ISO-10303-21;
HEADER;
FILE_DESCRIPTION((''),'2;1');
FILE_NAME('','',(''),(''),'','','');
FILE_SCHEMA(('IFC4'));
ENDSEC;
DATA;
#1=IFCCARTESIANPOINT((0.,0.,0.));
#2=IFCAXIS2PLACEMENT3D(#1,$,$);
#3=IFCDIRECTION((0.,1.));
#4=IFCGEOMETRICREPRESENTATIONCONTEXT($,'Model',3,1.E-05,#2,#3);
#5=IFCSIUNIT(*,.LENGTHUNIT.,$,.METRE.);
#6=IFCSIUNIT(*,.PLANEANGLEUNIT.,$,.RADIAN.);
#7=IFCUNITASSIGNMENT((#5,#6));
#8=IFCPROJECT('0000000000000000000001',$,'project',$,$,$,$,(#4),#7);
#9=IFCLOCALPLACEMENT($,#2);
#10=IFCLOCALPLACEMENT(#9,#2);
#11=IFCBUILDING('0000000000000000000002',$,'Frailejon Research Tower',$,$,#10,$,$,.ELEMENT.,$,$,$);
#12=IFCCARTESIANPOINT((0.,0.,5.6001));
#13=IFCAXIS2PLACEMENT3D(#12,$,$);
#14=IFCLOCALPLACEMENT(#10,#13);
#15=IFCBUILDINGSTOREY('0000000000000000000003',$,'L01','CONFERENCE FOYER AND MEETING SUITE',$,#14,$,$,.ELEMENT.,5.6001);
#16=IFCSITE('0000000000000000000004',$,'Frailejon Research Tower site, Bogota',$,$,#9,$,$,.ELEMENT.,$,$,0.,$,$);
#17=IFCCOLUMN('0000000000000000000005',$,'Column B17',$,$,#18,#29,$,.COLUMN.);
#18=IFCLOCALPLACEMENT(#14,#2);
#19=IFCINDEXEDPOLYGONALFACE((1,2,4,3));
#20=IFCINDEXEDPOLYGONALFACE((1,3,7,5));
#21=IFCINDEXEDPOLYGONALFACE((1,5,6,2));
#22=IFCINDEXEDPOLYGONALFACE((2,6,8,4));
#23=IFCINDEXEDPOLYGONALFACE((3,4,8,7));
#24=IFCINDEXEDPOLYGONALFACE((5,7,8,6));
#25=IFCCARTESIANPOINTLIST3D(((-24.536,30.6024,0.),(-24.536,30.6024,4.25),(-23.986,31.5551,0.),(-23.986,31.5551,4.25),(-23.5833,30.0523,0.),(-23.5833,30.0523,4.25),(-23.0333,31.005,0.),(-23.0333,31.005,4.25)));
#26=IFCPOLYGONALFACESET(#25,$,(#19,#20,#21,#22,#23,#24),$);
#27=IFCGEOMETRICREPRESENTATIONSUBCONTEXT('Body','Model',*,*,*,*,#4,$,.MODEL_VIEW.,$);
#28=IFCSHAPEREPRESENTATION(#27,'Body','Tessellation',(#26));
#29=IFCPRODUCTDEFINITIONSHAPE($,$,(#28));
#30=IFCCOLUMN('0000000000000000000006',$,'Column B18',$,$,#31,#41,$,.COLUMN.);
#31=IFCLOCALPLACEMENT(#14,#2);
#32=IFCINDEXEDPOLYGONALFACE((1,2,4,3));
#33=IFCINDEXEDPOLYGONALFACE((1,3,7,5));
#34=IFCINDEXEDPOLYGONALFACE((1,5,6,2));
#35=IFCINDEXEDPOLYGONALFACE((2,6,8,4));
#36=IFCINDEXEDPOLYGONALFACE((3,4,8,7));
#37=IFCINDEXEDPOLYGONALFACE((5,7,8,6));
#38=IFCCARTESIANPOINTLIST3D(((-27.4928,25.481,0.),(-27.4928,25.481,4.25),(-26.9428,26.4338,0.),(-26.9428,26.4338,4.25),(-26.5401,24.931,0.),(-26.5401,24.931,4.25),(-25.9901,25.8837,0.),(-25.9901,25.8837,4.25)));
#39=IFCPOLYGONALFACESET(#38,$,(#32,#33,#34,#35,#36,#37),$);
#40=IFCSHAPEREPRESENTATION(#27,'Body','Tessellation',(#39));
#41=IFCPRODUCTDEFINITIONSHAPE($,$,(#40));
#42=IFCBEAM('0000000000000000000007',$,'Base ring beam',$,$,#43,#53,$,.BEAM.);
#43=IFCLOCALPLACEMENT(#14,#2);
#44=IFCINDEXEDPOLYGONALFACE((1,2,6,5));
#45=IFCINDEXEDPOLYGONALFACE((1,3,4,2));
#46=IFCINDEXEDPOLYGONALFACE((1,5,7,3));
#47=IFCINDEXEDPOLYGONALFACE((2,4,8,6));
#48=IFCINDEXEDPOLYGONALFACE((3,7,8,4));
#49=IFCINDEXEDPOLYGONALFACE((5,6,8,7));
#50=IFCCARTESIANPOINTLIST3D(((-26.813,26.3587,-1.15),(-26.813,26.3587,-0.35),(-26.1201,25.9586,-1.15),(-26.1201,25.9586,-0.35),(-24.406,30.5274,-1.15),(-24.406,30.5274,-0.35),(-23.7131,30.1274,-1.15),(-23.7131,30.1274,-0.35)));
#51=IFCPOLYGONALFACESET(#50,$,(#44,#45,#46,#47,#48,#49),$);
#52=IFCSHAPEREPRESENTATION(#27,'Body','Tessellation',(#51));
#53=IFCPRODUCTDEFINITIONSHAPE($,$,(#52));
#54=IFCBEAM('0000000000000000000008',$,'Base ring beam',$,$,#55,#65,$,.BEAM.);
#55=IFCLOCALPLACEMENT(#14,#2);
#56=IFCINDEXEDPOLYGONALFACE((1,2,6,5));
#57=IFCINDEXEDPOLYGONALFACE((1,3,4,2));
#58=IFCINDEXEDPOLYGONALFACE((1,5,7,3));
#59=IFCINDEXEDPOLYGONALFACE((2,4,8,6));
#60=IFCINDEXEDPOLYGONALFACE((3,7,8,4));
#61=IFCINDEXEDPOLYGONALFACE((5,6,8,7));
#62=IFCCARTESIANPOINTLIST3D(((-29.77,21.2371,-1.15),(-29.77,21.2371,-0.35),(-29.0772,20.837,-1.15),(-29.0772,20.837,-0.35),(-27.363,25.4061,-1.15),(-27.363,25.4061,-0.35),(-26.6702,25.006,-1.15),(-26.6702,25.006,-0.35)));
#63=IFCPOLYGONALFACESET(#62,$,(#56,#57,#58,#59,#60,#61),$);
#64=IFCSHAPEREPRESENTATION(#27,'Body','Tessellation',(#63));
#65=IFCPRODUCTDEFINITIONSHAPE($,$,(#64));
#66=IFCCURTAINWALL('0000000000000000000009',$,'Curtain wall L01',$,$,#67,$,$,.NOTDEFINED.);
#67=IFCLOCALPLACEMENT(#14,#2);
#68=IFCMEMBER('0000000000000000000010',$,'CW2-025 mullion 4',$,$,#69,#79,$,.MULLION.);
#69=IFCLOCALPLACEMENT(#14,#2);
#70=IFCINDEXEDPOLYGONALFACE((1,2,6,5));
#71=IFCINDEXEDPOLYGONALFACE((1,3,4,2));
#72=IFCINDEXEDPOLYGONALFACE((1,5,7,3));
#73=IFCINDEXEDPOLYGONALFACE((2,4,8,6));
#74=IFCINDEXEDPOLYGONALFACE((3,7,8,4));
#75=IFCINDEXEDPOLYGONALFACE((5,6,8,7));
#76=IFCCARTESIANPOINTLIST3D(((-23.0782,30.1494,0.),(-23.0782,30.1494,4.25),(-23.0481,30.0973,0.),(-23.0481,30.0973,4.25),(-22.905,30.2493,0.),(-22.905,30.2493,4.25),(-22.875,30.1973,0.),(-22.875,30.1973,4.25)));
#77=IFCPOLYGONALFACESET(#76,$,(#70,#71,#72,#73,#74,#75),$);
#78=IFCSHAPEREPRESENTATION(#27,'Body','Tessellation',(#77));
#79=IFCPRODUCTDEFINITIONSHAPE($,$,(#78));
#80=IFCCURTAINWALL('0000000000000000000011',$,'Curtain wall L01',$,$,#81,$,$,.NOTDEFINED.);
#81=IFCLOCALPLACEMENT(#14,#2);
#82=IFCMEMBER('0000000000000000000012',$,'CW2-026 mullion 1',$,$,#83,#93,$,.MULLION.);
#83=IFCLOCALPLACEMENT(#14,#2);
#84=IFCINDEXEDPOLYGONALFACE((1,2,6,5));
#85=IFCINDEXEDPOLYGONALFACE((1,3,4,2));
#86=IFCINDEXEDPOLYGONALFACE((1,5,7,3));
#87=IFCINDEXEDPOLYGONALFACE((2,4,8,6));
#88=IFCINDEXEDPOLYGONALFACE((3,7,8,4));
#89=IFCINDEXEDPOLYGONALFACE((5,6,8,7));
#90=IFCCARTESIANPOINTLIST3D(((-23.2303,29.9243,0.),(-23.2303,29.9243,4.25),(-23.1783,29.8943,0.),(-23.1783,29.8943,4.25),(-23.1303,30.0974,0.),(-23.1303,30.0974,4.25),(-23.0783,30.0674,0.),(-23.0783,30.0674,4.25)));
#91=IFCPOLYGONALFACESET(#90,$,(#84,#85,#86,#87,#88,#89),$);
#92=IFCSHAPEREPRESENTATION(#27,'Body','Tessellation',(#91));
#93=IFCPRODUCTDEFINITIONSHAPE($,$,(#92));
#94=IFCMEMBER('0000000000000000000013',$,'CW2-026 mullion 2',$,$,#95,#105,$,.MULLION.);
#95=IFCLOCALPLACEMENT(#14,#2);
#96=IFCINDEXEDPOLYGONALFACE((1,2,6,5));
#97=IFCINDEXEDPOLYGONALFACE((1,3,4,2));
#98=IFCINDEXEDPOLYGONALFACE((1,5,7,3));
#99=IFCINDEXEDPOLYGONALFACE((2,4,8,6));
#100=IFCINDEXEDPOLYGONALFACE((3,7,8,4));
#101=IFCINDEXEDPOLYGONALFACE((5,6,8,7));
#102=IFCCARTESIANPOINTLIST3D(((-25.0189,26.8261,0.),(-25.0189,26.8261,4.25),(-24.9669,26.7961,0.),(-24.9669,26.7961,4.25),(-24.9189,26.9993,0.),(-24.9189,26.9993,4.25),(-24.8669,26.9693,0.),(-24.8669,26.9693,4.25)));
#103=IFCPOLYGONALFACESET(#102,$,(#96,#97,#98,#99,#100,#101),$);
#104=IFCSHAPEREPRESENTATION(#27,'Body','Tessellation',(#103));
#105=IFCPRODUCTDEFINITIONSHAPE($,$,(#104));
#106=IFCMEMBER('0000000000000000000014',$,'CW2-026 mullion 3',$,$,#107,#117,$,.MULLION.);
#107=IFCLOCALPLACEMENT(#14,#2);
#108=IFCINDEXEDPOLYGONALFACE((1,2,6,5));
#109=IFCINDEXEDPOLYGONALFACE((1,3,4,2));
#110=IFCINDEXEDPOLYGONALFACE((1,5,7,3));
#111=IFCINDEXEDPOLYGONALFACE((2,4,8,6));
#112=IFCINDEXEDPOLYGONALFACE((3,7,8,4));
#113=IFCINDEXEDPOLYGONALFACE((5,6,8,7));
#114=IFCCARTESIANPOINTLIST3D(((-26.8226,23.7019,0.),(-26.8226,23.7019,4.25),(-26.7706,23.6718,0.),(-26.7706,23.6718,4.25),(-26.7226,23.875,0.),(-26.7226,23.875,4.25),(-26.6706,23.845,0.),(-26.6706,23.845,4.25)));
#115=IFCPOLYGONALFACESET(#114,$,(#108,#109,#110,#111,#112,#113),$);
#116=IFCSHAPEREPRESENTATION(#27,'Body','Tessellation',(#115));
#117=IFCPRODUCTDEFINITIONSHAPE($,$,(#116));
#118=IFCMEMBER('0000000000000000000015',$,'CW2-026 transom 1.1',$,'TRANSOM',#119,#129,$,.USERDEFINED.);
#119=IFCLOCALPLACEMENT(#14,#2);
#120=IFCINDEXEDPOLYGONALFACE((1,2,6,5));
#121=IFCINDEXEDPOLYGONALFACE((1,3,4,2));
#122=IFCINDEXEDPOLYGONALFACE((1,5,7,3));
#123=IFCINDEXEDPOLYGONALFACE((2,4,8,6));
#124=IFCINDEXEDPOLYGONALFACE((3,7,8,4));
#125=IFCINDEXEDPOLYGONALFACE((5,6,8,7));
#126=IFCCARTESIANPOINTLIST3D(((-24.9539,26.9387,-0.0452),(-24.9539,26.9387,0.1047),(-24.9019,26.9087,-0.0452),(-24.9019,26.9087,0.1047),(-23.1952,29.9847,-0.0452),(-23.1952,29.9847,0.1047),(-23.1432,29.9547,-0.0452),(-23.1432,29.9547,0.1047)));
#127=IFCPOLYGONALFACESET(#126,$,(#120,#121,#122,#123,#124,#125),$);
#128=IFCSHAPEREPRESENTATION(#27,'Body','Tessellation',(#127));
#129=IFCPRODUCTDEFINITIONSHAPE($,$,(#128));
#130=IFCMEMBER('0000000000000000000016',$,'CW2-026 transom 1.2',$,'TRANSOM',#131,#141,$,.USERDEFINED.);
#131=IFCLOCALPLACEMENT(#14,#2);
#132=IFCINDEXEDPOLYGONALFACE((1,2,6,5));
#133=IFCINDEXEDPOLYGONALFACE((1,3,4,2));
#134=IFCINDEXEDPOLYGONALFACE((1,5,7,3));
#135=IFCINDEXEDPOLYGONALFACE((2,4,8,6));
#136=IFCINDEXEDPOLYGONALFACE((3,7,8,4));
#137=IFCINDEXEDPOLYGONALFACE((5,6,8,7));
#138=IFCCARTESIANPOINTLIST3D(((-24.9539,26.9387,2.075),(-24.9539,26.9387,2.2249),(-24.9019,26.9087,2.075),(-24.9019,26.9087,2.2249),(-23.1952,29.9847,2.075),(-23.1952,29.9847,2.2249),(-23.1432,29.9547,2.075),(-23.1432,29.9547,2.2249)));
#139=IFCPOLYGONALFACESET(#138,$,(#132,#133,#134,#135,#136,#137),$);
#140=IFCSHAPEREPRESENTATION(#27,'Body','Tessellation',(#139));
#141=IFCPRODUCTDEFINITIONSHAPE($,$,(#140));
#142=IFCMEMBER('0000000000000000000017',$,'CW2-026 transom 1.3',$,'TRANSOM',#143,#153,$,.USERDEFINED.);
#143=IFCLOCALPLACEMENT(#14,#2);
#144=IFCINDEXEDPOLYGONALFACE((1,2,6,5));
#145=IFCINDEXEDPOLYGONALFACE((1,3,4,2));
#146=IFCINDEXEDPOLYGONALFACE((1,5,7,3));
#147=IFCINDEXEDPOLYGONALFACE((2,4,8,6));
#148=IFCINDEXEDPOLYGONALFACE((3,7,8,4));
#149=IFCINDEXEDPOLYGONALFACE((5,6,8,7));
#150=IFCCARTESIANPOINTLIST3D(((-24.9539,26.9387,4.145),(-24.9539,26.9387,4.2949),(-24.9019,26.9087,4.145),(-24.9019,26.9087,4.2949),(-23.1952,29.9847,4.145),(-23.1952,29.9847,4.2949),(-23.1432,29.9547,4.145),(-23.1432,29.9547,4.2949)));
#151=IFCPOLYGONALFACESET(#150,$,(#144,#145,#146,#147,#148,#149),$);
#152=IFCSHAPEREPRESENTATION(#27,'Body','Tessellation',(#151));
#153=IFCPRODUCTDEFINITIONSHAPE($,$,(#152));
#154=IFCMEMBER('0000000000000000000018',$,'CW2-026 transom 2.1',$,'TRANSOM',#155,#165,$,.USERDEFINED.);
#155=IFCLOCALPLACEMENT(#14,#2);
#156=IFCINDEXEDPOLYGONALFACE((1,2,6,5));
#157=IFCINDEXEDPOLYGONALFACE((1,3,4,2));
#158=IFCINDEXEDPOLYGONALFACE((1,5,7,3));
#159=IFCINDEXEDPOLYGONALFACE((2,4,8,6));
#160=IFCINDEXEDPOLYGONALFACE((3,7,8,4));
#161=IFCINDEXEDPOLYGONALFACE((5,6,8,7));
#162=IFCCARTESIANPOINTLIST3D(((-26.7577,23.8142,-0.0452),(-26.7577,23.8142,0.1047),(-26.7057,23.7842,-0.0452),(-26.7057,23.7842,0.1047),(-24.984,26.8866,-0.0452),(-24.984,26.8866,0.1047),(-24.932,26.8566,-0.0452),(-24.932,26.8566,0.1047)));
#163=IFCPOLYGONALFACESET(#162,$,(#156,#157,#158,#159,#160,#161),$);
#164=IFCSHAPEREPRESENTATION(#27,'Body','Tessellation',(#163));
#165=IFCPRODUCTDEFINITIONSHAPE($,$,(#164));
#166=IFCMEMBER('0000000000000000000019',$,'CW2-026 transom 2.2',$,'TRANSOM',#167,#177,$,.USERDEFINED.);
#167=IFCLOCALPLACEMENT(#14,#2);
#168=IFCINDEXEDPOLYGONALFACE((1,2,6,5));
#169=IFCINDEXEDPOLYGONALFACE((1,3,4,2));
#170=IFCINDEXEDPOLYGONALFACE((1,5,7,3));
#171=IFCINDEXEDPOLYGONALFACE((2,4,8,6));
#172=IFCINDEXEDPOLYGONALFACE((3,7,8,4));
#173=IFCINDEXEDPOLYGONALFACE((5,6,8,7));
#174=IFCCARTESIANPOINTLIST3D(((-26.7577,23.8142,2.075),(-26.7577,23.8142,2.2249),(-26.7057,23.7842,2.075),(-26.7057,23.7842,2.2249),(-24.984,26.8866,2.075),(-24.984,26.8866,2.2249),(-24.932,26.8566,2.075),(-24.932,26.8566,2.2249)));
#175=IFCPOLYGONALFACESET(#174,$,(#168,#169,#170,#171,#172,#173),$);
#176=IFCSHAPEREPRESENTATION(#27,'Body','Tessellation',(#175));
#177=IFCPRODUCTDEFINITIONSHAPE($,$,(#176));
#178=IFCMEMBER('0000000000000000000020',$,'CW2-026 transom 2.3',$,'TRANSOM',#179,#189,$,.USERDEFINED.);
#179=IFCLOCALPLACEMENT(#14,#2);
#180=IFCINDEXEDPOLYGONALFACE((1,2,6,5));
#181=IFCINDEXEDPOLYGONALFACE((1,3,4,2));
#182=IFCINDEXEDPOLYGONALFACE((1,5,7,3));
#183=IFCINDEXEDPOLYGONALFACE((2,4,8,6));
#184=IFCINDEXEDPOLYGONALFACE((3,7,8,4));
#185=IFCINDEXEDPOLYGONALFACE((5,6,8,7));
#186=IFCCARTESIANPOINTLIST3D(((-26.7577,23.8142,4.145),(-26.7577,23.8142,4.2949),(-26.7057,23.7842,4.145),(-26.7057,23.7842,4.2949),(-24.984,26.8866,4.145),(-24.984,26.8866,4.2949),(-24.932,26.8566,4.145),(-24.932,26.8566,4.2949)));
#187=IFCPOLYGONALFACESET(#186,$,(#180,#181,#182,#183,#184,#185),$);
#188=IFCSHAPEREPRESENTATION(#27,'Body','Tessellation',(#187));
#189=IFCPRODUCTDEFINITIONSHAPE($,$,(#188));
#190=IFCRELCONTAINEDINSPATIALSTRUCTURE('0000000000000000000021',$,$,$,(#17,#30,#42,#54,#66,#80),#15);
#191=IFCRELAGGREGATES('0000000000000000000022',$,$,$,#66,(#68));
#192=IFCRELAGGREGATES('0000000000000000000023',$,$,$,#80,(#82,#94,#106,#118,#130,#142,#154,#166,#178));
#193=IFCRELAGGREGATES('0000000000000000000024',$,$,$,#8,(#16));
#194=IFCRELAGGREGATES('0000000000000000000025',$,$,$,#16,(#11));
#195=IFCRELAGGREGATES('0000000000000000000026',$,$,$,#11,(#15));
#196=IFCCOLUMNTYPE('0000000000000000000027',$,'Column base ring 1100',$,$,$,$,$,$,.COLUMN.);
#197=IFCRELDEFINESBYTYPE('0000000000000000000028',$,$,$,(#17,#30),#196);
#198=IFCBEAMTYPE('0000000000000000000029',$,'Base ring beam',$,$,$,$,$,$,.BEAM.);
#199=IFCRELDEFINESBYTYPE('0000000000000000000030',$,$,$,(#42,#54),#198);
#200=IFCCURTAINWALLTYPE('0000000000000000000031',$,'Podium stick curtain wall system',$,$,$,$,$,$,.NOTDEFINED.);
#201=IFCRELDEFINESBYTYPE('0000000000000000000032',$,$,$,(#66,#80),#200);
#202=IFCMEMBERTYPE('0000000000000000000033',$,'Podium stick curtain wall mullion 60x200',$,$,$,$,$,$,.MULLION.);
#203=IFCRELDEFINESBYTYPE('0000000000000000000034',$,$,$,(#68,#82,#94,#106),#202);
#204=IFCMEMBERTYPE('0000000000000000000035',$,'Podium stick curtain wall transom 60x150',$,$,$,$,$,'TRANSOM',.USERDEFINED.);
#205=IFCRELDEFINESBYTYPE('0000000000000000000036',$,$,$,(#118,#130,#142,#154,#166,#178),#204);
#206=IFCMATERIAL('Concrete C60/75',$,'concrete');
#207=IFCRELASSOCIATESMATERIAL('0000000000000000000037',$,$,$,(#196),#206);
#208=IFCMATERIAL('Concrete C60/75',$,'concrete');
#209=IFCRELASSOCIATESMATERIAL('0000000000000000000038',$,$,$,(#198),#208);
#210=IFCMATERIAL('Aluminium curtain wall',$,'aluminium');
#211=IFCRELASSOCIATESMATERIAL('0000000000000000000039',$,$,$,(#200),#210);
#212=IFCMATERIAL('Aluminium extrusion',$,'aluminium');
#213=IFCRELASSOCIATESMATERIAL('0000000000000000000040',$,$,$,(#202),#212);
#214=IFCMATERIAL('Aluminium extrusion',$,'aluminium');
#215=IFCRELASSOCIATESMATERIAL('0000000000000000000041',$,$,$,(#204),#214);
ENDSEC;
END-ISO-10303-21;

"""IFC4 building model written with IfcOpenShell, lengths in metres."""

from ifc_helpers import new_model, si_unit, direction, frame, origin, origin_2d, place, context, subcontext, project, spatial, rectangle, extrude, material, material_profile, profile_set, type_object, element, aggregate, save


model = new_model("IFC4")

# Units and contexts
model_context = context("Model", 3, precision=1e-05, world=origin(), true_north=direction((0.0, 1.0)))
body_context = subcontext(model_context, "Body", "Model", "MODEL_VIEW")
ifc_project = project(units=[si_unit("LENGTHUNIT", "METRE"), si_unit("PLANEANGLEUNIT", "RADIAN")], contexts=[model_context])

# Site, building, storey
site_placement = place(None, origin())
site = spatial("IfcSite", under=ifc_project, at=site_placement, Name="Frailejon Research Tower site, Bogota", CompositionType="ELEMENT", RefElevation=0.0)
building_placement = place(site_placement, origin())
building = spatial("IfcBuilding", under=site, at=building_placement, Name="Frailejon Research Tower", CompositionType="ELEMENT")
storey_placement = place(building_placement, frame((0.0, 0.0, 5.6001)))
storey = spatial("IfcBuildingStorey", under=building, at=storey_placement, Name="L01", Description="CONFERENCE FOYER AND MEETING SUITE", CompositionType="ELEMENT", Elevation=5.6001)

# Columns
ifc_material_1 = material(Name="Concrete C60/75", Category="concrete")
ifc_material_profile_1 = material_profile(ifc_material_1, rectangle(XDim=1.1001, YDim=1.1001, at=origin_2d()), Name="Column base ring 1100")
ifc_profile_set_1 = profile_set([ifc_material_profile_1], Name="Concrete C60/75")
column_type = type_object("IfcColumnType", Name="Column base ring 1100", PredefinedType="COLUMN", material=ifc_profile_set_1)
for number, where, z_axis, x_axis, name in (
    (1, (-23.7847, 30.8037, 0.0), (0.0, 0.0, 1.0), (-0.5, -0.866025, 0.0), "Column B17"),
    (2, (-26.7415, 25.6824, 0.0), (0.0, 0.0, 1.0), (-0.5, -0.866025, 0.0), "Column B18"),
):
    element("IfcColumn", number, at=place(storey_placement, frame(where, z_axis=z_axis, x_axis=x_axis)), inside=storey, type_object=column_type, Name=name, PredefinedType="COLUMN", context=body_context, shape_type="SweptSolid", body=[
        extrude(rectangle(XDim=1.1001, YDim=1.1001, at=origin_2d()), origin(), (0.0, 0.0, 1.0), 4.25),
    ])

# Beams
ifc_material_2 = material(Name="Concrete C60/75", Category="concrete")
ifc_material_profile_2 = material_profile(ifc_material_2, rectangle(XDim=0.8, YDim=0.8, at=origin_2d()), Name="Base ring beam")
ifc_profile_set_2 = profile_set([ifc_material_profile_2], Name="Concrete C60/75")
beam_type = type_object("IfcBeamType", Name="Base ring beam", PredefinedType="BEAM", material=ifc_profile_set_2)
beam_1_placement = place(storey_placement, frame((-24.0596, 30.3274, -0.75), z_axis=(-0.500028, -0.866009, 0.0), x_axis=(0.866009, -0.500028, 0.0)))
element("IfcBeam", 3, at=beam_1_placement, inside=storey, type_object=beam_type, Name="Base ring beam", PredefinedType="BEAM", context=body_context, shape_type="SweptSolid", body=[
    extrude(rectangle(XDim=0.8, YDim=0.8, at=origin_2d()), origin(), (0.0, 0.0, 1.0), 4.8137),
])
beam_2_placement = place(storey_placement, frame((-27.0166, 25.2061, -0.75), z_axis=(-0.500006, -0.866022, 0.0), x_axis=(0.866022, -0.500006, 0.0)))
element("IfcBeam", 4, at=beam_2_placement, inside=storey, type_object=beam_type, Name="Base ring beam", PredefinedType="BEAM", context=body_context, shape_type="SweptSolid", body=[
    extrude(rectangle(XDim=0.8, YDim=0.8, at=origin_2d()), origin(), (0.0, 0.0, 1.0), 4.814),
])

# Curtain wall, member
ifc_material_3 = material(Name="Aluminium curtain wall", Category="aluminium")
curtain_wall_type = type_object("IfcCurtainWallType", Name="Podium stick curtain wall system", PredefinedType="NOTDEFINED", material=ifc_material_3)
curtain_wall_1_placement = place(storey_placement, origin())
curtain_wall_1 = element("IfcCurtainWall", 5, at=curtain_wall_1_placement, inside=storey, type_object=curtain_wall_type, Name="Curtain wall L01", PredefinedType="NOTDEFINED")
ifc_material_4 = material(Name="Aluminium extrusion", Category="aluminium")
ifc_material_profile_3 = material_profile(ifc_material_4, rectangle(XDim=0.0601, YDim=0.2, at=origin_2d()), Name="Podium stick curtain wall mullion 60x200")
ifc_profile_set_3 = profile_set([ifc_material_profile_3], Name="Aluminium extrusion")
member_type_1 = type_object("IfcMemberType", Name="Podium stick curtain wall mullion 60x200", PredefinedType="MULLION", material=ifc_profile_set_3)
member_1_placement = place(storey_placement, frame((-22.9766, 30.1733, 0.0), z_axis=(0.0, 0.0, 1.0), x_axis=(0.5, -0.866025, 0.0)))
member_1 = element("IfcMember", 6, at=member_1_placement, type_object=member_type_1, Name="CW2-025 mullion 4", PredefinedType="MULLION", context=body_context, shape_type="SweptSolid", body=[
    extrude(rectangle(XDim=0.0601, YDim=0.2, at=origin_2d()), origin(), (0.0, 0.0, 1.0), 4.25),
])

# Curtain wall, members
curtain_wall_2_placement = place(storey_placement, origin())
curtain_wall_2 = element("IfcCurtainWall", 7, at=curtain_wall_2_placement, inside=storey, type_object=curtain_wall_type, Name="Curtain wall L01", PredefinedType="NOTDEFINED")
member_2_placement = place(storey_placement, frame((-23.1543, 29.9958, 0.0), z_axis=(0.0, 0.0, 1.0), x_axis=(0.866026, -0.499998, 0.0)))
member_2 = element("IfcMember", 8, at=member_2_placement, type_object=member_type_1, Name="CW2-026 mullion 1", PredefinedType="MULLION", context=body_context, shape_type="SweptSolid", body=[
    extrude(rectangle(XDim=0.0601, YDim=0.2, at=origin_2d()), origin(), (0.0, 0.0, 1.0), 4.25),
])
member_3_placement = place(storey_placement, frame((-24.9429, 26.8977, 0.0), z_axis=(0.0, 0.0, 1.0), x_axis=(0.866026, -0.499998, 0.0)))
member_3 = element("IfcMember", 9, at=member_3_placement, type_object=member_type_1, Name="CW2-026 mullion 2", PredefinedType="MULLION", context=body_context, shape_type="SweptSolid", body=[
    extrude(rectangle(XDim=0.0601, YDim=0.2, at=origin_2d()), origin(), (0.0, 0.0, 1.0), 4.25),
])
member_4_placement = place(storey_placement, frame((-26.7466, 23.7734, 0.0), z_axis=(0.0, 0.0, 1.0), x_axis=(0.866026, -0.499998, 0.0)))
member_4 = element("IfcMember", 10, at=member_4_placement, type_object=member_type_1, Name="CW2-026 mullion 3", PredefinedType="MULLION", context=body_context, shape_type="SweptSolid", body=[
    extrude(rectangle(XDim=0.0601, YDim=0.2, at=origin_2d()), origin(), (0.0, 0.0, 1.0), 4.25),
])
ifc_material_5 = material(Name="Aluminium extrusion", Category="aluminium")
ifc_material_profile_4 = material_profile(ifc_material_5, rectangle(XDim=0.0601, YDim=0.1499, at=origin_2d()), Name="Podium stick curtain wall transom 60x150")
ifc_profile_set_4 = profile_set([ifc_material_profile_4], Name="Aluminium extrusion")
member_type_2 = type_object("IfcMemberType", Name="Podium stick curtain wall transom 60x150", ElementType="TRANSOM", PredefinedType="USERDEFINED", material=ifc_profile_set_4)
member_5_placement = place(storey_placement, frame((-23.1692, 29.9697, 0.0298), z_axis=(-0.500021, -0.866013, 0.0), x_axis=(0.866013, -0.500021, 0.0)))
member_5 = element("IfcMember", 11, at=member_5_placement, type_object=member_type_2, Name="CW2-026 transom 1.1", ObjectType="TRANSOM", PredefinedType="USERDEFINED", context=body_context, shape_type="SweptSolid", body=[
    extrude(rectangle(XDim=0.0601, YDim=0.1499, at=origin_2d()), origin(), (0.0, 0.0, 1.0), 3.5173),
])
member_6_placement = place(storey_placement, frame((-23.1692, 29.9697, 2.1499), z_axis=(-0.500021, -0.866013, 0.0), x_axis=(0.866013, -0.500021, 0.0)))
member_6 = element("IfcMember", 12, at=member_6_placement, type_object=member_type_2, Name="CW2-026 transom 1.2", ObjectType="TRANSOM", PredefinedType="USERDEFINED", context=body_context, shape_type="SweptSolid", body=[
    extrude(rectangle(XDim=0.0601, YDim=0.1499, at=origin_2d()), origin(), (0.0, 0.0, 1.0), 3.5173),
])
member_7_placement = place(storey_placement, frame((-23.1692, 29.9697, 4.22), z_axis=(-0.500021, -0.866013, 0.0), x_axis=(0.866013, -0.500021, 0.0)))
member_7 = element("IfcMember", 13, at=member_7_placement, type_object=member_type_2, Name="CW2-026 transom 1.3", ObjectType="TRANSOM", PredefinedType="USERDEFINED", context=body_context, shape_type="SweptSolid", body=[
    extrude(rectangle(XDim=0.0601, YDim=0.1499, at=origin_2d()), origin(), (0.0, 0.0, 1.0), 3.5173),
])
member_8_placement = place(storey_placement, frame((-24.958, 26.8716, 0.0298), z_axis=(-0.499981, -0.866037, 0.0), x_axis=(0.866037, -0.499981, 0.0)))
member_8 = element("IfcMember", 14, at=member_8_placement, type_object=member_type_2, Name="CW2-026 transom 2.1", ObjectType="TRANSOM", PredefinedType="USERDEFINED", context=body_context, shape_type="SweptSolid", body=[
    extrude(rectangle(XDim=0.0601, YDim=0.1499, at=origin_2d()), origin(), (0.0, 0.0, 1.0), 3.5476),
])
member_9_placement = place(storey_placement, frame((-24.958, 26.8716, 2.1499), z_axis=(-0.499981, -0.866037, 0.0), x_axis=(0.866037, -0.499981, 0.0)))
member_9 = element("IfcMember", 15, at=member_9_placement, type_object=member_type_2, Name="CW2-026 transom 2.2", ObjectType="TRANSOM", PredefinedType="USERDEFINED", context=body_context, shape_type="SweptSolid", body=[
    extrude(rectangle(XDim=0.0601, YDim=0.1499, at=origin_2d()), origin(), (0.0, 0.0, 1.0), 3.5476),
])
member_10_placement = place(storey_placement, frame((-24.958, 26.8716, 4.22), z_axis=(-0.499981, -0.866037, 0.0), x_axis=(0.866037, -0.499981, 0.0)))
member_10 = element("IfcMember", 16, at=member_10_placement, type_object=member_type_2, Name="CW2-026 transom 2.3", ObjectType="TRANSOM", PredefinedType="USERDEFINED", context=body_context, shape_type="SweptSolid", body=[
    extrude(rectangle(XDim=0.0601, YDim=0.1499, at=origin_2d()), origin(), (0.0, 0.0, 1.0), 3.5476),
])

aggregate(curtain_wall_1, [member_1])
aggregate(curtain_wall_2, [member_2, member_3, member_4, member_5, member_6, member_7, member_8, member_9, member_10])

save(model, "model.ifc")
